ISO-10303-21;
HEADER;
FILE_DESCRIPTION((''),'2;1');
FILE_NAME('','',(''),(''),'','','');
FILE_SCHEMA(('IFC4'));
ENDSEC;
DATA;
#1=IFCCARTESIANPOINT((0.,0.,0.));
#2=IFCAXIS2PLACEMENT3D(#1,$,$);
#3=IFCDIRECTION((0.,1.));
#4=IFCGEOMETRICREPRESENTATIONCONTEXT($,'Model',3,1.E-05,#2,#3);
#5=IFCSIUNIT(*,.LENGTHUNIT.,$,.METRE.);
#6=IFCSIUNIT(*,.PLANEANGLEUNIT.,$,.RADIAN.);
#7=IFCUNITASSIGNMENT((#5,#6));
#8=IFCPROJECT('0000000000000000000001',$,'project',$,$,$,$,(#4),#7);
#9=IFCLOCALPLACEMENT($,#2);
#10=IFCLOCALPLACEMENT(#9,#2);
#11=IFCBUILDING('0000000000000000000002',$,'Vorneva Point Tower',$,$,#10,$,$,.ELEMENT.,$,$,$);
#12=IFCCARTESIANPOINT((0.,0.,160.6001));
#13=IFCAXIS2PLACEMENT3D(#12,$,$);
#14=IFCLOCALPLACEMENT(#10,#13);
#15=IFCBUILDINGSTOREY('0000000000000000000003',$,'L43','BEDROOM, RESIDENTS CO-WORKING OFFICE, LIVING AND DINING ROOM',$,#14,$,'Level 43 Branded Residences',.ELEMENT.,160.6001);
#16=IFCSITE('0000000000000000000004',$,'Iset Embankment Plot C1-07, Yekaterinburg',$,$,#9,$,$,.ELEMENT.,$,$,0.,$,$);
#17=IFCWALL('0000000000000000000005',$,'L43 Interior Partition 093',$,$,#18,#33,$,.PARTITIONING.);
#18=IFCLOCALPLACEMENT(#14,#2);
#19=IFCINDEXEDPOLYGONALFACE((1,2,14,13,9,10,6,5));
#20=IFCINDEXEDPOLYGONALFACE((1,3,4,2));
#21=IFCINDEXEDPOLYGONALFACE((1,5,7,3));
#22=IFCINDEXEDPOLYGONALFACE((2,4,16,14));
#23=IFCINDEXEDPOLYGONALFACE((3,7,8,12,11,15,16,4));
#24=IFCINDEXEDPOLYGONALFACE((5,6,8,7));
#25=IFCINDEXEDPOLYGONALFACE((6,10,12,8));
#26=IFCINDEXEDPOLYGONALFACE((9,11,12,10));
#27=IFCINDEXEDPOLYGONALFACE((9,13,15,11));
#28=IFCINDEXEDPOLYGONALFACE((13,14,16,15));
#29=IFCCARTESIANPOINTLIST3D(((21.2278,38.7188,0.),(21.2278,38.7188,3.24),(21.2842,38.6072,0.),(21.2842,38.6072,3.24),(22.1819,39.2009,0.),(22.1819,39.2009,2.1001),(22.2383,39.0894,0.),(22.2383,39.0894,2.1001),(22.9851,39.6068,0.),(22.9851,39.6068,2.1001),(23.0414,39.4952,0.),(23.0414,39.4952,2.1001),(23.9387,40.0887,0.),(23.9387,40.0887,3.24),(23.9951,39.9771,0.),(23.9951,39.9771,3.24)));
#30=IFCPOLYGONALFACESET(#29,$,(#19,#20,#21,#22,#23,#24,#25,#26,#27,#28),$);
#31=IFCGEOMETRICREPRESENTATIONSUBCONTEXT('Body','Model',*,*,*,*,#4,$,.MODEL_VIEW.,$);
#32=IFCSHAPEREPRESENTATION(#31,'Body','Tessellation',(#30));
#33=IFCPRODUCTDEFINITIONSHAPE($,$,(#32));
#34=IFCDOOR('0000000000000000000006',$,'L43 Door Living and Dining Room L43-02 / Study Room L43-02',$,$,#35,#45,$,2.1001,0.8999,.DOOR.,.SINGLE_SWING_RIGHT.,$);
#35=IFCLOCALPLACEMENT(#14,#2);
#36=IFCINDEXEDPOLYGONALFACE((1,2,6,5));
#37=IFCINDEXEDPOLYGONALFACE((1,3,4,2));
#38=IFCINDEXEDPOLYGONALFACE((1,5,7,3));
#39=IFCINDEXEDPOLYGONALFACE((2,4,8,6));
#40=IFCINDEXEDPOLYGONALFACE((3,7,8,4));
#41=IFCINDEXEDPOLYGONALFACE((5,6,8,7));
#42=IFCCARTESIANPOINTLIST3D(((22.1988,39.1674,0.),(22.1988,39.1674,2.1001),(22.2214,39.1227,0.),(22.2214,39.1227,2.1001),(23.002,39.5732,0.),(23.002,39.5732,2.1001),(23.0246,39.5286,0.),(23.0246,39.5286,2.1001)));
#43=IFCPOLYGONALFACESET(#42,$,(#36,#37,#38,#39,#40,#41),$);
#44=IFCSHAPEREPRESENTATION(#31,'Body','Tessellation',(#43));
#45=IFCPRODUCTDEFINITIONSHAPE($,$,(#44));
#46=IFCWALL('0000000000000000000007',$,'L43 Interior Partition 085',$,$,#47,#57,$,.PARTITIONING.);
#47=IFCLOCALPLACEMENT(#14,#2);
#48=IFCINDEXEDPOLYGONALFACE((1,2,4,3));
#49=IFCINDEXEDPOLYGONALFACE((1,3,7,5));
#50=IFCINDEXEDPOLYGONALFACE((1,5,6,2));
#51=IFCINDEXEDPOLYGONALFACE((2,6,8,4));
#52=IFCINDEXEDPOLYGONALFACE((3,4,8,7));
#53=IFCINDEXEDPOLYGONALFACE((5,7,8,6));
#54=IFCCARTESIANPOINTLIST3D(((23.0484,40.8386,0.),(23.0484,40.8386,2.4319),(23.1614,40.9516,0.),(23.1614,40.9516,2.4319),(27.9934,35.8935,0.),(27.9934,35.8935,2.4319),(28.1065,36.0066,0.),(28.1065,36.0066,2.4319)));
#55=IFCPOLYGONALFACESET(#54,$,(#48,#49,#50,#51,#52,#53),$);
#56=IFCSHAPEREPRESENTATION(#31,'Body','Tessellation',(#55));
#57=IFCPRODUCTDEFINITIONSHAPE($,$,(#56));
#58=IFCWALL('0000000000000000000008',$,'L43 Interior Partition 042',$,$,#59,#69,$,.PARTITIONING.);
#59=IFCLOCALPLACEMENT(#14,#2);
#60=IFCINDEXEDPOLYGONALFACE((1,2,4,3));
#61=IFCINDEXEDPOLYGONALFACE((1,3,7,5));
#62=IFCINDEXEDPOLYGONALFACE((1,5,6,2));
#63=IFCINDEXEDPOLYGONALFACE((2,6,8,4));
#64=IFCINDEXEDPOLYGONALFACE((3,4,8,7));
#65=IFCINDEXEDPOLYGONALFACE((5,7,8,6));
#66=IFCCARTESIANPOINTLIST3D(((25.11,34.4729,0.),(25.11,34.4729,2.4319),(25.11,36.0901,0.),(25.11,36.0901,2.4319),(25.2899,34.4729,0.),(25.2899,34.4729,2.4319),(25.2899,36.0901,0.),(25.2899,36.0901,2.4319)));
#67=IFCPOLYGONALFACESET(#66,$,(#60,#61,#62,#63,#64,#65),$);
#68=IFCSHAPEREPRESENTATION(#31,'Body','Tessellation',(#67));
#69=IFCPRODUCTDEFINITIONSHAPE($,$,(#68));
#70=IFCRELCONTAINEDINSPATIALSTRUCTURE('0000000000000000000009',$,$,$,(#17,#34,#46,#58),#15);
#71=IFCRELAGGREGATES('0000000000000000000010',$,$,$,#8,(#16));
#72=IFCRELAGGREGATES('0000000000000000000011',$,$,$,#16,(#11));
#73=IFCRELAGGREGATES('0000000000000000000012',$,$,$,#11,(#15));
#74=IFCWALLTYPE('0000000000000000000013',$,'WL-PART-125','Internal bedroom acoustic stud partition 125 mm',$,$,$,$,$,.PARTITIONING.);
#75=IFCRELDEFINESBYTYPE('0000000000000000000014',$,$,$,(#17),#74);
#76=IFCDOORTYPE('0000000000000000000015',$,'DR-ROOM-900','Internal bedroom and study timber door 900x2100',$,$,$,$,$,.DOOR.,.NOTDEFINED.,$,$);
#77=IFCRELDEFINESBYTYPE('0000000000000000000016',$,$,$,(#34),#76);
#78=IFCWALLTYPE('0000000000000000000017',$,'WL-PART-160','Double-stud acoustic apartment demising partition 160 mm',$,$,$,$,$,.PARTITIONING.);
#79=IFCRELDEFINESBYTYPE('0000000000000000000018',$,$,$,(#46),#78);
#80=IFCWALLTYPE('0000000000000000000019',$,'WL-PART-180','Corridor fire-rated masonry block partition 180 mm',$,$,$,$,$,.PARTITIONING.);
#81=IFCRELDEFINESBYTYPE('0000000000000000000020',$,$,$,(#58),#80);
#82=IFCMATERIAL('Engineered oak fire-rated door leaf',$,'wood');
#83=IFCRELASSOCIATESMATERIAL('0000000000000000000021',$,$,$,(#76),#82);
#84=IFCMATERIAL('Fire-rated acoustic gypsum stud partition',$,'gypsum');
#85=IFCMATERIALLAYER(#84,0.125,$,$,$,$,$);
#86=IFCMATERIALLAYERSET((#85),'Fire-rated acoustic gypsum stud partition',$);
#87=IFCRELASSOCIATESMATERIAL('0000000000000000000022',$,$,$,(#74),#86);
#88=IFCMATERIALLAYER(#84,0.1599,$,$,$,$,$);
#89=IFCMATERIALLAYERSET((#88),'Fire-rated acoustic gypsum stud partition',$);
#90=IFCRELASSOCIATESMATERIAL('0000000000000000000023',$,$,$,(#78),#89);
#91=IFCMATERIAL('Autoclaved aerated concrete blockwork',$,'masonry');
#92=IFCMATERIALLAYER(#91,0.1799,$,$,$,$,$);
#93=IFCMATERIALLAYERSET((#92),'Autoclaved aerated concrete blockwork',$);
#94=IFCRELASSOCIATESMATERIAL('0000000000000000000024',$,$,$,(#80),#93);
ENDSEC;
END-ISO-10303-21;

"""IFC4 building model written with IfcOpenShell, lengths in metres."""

from ifc_helpers import new_model, si_unit, direction, frame, frame_2d, origin, place, context, subcontext, project, spatial, rectangle, extrude, material, layer, layer_set, type_object, element, fill, save


model = new_model("IFC4")

# Units and contexts
model_context = context("Model", 3, precision=1e-05, world=origin(), true_north=direction((0.0, 1.0)))
body_context = subcontext(model_context, "Body", "Model", "MODEL_VIEW")
ifc_project = project(units=[si_unit("LENGTHUNIT", "METRE"), si_unit("PLANEANGLEUNIT", "RADIAN")], contexts=[model_context])

# Site, building, storey
site_placement = place(None, origin())
site = spatial("IfcSite", under=ifc_project, at=site_placement, Name="Iset Embankment Plot C1-07, Yekaterinburg", CompositionType="ELEMENT", RefElevation=0.0)
building_placement = place(site_placement, origin())
building = spatial("IfcBuilding", under=site, at=building_placement, Name="Vorneva Point Tower", CompositionType="ELEMENT")
storey_placement = place(building_placement, frame((0.0, 0.0, 160.6001)))
storey = spatial("IfcBuildingStorey", under=building, at=storey_placement, Name="L43", Description="BEDROOM, RESIDENTS CO-WORKING OFFICE, LIVING AND DINING ROOM", LongName="Level 43 Branded Residences", CompositionType="ELEMENT", Elevation=160.6001)

# Shared definitions
ifc_material_1 = material(Name="Fire-rated acoustic gypsum stud partition", Category="gypsum")
ifc_material_2 = material(Name="Engineered oak fire-rated door leaf", Category="wood")

# Shared definitions
door_type_1 = type_object("IfcDoorType", Name="DR-ROOM-900", Description="Internal bedroom and study timber door 900x2100", OperationType="NOTDEFINED", PredefinedType="DOOR", material=ifc_material_2)

# Shared definitions
ifc_layer_1 = layer(ifc_material_1, 0.125)
ifc_layer_set_1 = layer_set([ifc_layer_1], Name="Fire-rated acoustic gypsum stud partition")
wall_type_1 = type_object("IfcWallType", Name="WL-PART-125", Description="Internal bedroom acoustic stud partition 125 mm", PredefinedType="PARTITIONING", material=ifc_layer_set_1)

# Wall, opening, door
wall_1_placement = place(storey_placement, frame((21.2561, 38.6631, 0.0), z_axis=(0.0, 0.0, 1.0), x_axis=(0.892522, 0.451003, 0.0)))
wall_1 = element("IfcWall", 1, at=wall_1_placement, inside=storey, type_object=wall_type_1, Name="L43 Interior Partition 093", PredefinedType="PARTITIONING", context=body_context, shape_type="SweptSolid", body=[
    extrude(rectangle(XDim=3.0374, YDim=0.125, at=frame_2d((1.5186, 0.0))), origin(), (0.0, 0.0, 1.0), 3.24),
])
opening_1_placement = place(wall_1_placement, frame((1.0688, 0.0, 0.0)))
opening_1 = element("IfcOpeningElement", 2, at=opening_1_placement, cuts=wall_1, PredefinedType="OPENING", context=body_context, shape_type="SweptSolid", body=[
    extrude(rectangle(XDim=0.8999, YDim=2.1001, at=frame_2d((0.45, 1.05))), frame((0.0, 0.0774, 0.0), z_axis=(0.0, -1.0, 0.0), x_axis=(1.0, 0.0, 0.0)), (0.0, 0.0, 1.0), 0.1548),
])
door_1_placement = place(opening_1_placement, origin())
door_1 = element("IfcDoor", 3, at=door_1_placement, inside=storey, type_object=door_type_1, Name="L43 Door Living and Dining Room L43-02 / Study Room L43-02", OperationType="SINGLE_SWING_RIGHT", OverallHeight=2.1001, OverallWidth=0.8999, PredefinedType="DOOR", context=body_context, shape_type="SweptSolid", body=[
    extrude(rectangle(XDim=0.8999, YDim=2.1001, at=frame_2d((0.45, 1.05))), frame((0.0, 0.0249, 0.0), z_axis=(0.0, -1.0, 0.0), x_axis=(1.0, 0.0, 0.0)), (0.0, 0.0, 1.0), 0.05),
])
fill(opening_1, door_1)

# Wall
ifc_layer_2 = layer(ifc_material_1, 0.1599)
ifc_layer_set_2 = layer_set([ifc_layer_2], Name="Fire-rated acoustic gypsum stud partition")
wall_type_2 = type_object("IfcWallType", Name="WL-PART-160", Description="Double-stud acoustic apartment demising partition 160 mm", PredefinedType="PARTITIONING", material=ifc_layer_set_2)
wall_2_placement = place(storey_placement, frame((23.105, 40.895, 0.0), z_axis=(0.0, 0.0, 1.0), x_axis=(0.707107, -0.707107, 0.0)))
element("IfcWall", 4, at=wall_2_placement, inside=storey, type_object=wall_type_2, Name="L43 Interior Partition 085", PredefinedType="PARTITIONING", context=body_context, shape_type="SweptSolid", body=[
    extrude(rectangle(XDim=6.9934, YDim=0.1599, at=frame_2d((3.4966, 0.0))), origin(), (0.0, 0.0, 1.0), 2.4319),
])

# Shared definitions
ifc_material_3 = material(Name="Autoclaved aerated concrete blockwork", Category="masonry")
ifc_layer_3 = layer(ifc_material_3, 0.1799)
ifc_layer_set_3 = layer_set([ifc_layer_3], Name="Autoclaved aerated concrete blockwork")
wall_type_3 = type_object("IfcWallType", Name="WL-PART-180", Description="Corridor fire-rated masonry block partition 180 mm", PredefinedType="PARTITIONING", material=ifc_layer_set_3)

# Wall
wall_3_placement = place(storey_placement, frame((25.2, 36.0901, 0.0), z_axis=(0.0, 0.0, 1.0), x_axis=(0.0, -1.0, 0.0)))
element("IfcWall", 5, at=wall_3_placement, inside=storey, type_object=wall_type_3, Name="L43 Interior Partition 042", PredefinedType="PARTITIONING", context=body_context, shape_type="SweptSolid", body=[
    extrude(rectangle(XDim=1.6172, YDim=0.1799, at=frame_2d((0.8086, 0.0))), origin(), (0.0, 0.0, 1.0), 2.4319),
])

save(model, "model.ifc")
